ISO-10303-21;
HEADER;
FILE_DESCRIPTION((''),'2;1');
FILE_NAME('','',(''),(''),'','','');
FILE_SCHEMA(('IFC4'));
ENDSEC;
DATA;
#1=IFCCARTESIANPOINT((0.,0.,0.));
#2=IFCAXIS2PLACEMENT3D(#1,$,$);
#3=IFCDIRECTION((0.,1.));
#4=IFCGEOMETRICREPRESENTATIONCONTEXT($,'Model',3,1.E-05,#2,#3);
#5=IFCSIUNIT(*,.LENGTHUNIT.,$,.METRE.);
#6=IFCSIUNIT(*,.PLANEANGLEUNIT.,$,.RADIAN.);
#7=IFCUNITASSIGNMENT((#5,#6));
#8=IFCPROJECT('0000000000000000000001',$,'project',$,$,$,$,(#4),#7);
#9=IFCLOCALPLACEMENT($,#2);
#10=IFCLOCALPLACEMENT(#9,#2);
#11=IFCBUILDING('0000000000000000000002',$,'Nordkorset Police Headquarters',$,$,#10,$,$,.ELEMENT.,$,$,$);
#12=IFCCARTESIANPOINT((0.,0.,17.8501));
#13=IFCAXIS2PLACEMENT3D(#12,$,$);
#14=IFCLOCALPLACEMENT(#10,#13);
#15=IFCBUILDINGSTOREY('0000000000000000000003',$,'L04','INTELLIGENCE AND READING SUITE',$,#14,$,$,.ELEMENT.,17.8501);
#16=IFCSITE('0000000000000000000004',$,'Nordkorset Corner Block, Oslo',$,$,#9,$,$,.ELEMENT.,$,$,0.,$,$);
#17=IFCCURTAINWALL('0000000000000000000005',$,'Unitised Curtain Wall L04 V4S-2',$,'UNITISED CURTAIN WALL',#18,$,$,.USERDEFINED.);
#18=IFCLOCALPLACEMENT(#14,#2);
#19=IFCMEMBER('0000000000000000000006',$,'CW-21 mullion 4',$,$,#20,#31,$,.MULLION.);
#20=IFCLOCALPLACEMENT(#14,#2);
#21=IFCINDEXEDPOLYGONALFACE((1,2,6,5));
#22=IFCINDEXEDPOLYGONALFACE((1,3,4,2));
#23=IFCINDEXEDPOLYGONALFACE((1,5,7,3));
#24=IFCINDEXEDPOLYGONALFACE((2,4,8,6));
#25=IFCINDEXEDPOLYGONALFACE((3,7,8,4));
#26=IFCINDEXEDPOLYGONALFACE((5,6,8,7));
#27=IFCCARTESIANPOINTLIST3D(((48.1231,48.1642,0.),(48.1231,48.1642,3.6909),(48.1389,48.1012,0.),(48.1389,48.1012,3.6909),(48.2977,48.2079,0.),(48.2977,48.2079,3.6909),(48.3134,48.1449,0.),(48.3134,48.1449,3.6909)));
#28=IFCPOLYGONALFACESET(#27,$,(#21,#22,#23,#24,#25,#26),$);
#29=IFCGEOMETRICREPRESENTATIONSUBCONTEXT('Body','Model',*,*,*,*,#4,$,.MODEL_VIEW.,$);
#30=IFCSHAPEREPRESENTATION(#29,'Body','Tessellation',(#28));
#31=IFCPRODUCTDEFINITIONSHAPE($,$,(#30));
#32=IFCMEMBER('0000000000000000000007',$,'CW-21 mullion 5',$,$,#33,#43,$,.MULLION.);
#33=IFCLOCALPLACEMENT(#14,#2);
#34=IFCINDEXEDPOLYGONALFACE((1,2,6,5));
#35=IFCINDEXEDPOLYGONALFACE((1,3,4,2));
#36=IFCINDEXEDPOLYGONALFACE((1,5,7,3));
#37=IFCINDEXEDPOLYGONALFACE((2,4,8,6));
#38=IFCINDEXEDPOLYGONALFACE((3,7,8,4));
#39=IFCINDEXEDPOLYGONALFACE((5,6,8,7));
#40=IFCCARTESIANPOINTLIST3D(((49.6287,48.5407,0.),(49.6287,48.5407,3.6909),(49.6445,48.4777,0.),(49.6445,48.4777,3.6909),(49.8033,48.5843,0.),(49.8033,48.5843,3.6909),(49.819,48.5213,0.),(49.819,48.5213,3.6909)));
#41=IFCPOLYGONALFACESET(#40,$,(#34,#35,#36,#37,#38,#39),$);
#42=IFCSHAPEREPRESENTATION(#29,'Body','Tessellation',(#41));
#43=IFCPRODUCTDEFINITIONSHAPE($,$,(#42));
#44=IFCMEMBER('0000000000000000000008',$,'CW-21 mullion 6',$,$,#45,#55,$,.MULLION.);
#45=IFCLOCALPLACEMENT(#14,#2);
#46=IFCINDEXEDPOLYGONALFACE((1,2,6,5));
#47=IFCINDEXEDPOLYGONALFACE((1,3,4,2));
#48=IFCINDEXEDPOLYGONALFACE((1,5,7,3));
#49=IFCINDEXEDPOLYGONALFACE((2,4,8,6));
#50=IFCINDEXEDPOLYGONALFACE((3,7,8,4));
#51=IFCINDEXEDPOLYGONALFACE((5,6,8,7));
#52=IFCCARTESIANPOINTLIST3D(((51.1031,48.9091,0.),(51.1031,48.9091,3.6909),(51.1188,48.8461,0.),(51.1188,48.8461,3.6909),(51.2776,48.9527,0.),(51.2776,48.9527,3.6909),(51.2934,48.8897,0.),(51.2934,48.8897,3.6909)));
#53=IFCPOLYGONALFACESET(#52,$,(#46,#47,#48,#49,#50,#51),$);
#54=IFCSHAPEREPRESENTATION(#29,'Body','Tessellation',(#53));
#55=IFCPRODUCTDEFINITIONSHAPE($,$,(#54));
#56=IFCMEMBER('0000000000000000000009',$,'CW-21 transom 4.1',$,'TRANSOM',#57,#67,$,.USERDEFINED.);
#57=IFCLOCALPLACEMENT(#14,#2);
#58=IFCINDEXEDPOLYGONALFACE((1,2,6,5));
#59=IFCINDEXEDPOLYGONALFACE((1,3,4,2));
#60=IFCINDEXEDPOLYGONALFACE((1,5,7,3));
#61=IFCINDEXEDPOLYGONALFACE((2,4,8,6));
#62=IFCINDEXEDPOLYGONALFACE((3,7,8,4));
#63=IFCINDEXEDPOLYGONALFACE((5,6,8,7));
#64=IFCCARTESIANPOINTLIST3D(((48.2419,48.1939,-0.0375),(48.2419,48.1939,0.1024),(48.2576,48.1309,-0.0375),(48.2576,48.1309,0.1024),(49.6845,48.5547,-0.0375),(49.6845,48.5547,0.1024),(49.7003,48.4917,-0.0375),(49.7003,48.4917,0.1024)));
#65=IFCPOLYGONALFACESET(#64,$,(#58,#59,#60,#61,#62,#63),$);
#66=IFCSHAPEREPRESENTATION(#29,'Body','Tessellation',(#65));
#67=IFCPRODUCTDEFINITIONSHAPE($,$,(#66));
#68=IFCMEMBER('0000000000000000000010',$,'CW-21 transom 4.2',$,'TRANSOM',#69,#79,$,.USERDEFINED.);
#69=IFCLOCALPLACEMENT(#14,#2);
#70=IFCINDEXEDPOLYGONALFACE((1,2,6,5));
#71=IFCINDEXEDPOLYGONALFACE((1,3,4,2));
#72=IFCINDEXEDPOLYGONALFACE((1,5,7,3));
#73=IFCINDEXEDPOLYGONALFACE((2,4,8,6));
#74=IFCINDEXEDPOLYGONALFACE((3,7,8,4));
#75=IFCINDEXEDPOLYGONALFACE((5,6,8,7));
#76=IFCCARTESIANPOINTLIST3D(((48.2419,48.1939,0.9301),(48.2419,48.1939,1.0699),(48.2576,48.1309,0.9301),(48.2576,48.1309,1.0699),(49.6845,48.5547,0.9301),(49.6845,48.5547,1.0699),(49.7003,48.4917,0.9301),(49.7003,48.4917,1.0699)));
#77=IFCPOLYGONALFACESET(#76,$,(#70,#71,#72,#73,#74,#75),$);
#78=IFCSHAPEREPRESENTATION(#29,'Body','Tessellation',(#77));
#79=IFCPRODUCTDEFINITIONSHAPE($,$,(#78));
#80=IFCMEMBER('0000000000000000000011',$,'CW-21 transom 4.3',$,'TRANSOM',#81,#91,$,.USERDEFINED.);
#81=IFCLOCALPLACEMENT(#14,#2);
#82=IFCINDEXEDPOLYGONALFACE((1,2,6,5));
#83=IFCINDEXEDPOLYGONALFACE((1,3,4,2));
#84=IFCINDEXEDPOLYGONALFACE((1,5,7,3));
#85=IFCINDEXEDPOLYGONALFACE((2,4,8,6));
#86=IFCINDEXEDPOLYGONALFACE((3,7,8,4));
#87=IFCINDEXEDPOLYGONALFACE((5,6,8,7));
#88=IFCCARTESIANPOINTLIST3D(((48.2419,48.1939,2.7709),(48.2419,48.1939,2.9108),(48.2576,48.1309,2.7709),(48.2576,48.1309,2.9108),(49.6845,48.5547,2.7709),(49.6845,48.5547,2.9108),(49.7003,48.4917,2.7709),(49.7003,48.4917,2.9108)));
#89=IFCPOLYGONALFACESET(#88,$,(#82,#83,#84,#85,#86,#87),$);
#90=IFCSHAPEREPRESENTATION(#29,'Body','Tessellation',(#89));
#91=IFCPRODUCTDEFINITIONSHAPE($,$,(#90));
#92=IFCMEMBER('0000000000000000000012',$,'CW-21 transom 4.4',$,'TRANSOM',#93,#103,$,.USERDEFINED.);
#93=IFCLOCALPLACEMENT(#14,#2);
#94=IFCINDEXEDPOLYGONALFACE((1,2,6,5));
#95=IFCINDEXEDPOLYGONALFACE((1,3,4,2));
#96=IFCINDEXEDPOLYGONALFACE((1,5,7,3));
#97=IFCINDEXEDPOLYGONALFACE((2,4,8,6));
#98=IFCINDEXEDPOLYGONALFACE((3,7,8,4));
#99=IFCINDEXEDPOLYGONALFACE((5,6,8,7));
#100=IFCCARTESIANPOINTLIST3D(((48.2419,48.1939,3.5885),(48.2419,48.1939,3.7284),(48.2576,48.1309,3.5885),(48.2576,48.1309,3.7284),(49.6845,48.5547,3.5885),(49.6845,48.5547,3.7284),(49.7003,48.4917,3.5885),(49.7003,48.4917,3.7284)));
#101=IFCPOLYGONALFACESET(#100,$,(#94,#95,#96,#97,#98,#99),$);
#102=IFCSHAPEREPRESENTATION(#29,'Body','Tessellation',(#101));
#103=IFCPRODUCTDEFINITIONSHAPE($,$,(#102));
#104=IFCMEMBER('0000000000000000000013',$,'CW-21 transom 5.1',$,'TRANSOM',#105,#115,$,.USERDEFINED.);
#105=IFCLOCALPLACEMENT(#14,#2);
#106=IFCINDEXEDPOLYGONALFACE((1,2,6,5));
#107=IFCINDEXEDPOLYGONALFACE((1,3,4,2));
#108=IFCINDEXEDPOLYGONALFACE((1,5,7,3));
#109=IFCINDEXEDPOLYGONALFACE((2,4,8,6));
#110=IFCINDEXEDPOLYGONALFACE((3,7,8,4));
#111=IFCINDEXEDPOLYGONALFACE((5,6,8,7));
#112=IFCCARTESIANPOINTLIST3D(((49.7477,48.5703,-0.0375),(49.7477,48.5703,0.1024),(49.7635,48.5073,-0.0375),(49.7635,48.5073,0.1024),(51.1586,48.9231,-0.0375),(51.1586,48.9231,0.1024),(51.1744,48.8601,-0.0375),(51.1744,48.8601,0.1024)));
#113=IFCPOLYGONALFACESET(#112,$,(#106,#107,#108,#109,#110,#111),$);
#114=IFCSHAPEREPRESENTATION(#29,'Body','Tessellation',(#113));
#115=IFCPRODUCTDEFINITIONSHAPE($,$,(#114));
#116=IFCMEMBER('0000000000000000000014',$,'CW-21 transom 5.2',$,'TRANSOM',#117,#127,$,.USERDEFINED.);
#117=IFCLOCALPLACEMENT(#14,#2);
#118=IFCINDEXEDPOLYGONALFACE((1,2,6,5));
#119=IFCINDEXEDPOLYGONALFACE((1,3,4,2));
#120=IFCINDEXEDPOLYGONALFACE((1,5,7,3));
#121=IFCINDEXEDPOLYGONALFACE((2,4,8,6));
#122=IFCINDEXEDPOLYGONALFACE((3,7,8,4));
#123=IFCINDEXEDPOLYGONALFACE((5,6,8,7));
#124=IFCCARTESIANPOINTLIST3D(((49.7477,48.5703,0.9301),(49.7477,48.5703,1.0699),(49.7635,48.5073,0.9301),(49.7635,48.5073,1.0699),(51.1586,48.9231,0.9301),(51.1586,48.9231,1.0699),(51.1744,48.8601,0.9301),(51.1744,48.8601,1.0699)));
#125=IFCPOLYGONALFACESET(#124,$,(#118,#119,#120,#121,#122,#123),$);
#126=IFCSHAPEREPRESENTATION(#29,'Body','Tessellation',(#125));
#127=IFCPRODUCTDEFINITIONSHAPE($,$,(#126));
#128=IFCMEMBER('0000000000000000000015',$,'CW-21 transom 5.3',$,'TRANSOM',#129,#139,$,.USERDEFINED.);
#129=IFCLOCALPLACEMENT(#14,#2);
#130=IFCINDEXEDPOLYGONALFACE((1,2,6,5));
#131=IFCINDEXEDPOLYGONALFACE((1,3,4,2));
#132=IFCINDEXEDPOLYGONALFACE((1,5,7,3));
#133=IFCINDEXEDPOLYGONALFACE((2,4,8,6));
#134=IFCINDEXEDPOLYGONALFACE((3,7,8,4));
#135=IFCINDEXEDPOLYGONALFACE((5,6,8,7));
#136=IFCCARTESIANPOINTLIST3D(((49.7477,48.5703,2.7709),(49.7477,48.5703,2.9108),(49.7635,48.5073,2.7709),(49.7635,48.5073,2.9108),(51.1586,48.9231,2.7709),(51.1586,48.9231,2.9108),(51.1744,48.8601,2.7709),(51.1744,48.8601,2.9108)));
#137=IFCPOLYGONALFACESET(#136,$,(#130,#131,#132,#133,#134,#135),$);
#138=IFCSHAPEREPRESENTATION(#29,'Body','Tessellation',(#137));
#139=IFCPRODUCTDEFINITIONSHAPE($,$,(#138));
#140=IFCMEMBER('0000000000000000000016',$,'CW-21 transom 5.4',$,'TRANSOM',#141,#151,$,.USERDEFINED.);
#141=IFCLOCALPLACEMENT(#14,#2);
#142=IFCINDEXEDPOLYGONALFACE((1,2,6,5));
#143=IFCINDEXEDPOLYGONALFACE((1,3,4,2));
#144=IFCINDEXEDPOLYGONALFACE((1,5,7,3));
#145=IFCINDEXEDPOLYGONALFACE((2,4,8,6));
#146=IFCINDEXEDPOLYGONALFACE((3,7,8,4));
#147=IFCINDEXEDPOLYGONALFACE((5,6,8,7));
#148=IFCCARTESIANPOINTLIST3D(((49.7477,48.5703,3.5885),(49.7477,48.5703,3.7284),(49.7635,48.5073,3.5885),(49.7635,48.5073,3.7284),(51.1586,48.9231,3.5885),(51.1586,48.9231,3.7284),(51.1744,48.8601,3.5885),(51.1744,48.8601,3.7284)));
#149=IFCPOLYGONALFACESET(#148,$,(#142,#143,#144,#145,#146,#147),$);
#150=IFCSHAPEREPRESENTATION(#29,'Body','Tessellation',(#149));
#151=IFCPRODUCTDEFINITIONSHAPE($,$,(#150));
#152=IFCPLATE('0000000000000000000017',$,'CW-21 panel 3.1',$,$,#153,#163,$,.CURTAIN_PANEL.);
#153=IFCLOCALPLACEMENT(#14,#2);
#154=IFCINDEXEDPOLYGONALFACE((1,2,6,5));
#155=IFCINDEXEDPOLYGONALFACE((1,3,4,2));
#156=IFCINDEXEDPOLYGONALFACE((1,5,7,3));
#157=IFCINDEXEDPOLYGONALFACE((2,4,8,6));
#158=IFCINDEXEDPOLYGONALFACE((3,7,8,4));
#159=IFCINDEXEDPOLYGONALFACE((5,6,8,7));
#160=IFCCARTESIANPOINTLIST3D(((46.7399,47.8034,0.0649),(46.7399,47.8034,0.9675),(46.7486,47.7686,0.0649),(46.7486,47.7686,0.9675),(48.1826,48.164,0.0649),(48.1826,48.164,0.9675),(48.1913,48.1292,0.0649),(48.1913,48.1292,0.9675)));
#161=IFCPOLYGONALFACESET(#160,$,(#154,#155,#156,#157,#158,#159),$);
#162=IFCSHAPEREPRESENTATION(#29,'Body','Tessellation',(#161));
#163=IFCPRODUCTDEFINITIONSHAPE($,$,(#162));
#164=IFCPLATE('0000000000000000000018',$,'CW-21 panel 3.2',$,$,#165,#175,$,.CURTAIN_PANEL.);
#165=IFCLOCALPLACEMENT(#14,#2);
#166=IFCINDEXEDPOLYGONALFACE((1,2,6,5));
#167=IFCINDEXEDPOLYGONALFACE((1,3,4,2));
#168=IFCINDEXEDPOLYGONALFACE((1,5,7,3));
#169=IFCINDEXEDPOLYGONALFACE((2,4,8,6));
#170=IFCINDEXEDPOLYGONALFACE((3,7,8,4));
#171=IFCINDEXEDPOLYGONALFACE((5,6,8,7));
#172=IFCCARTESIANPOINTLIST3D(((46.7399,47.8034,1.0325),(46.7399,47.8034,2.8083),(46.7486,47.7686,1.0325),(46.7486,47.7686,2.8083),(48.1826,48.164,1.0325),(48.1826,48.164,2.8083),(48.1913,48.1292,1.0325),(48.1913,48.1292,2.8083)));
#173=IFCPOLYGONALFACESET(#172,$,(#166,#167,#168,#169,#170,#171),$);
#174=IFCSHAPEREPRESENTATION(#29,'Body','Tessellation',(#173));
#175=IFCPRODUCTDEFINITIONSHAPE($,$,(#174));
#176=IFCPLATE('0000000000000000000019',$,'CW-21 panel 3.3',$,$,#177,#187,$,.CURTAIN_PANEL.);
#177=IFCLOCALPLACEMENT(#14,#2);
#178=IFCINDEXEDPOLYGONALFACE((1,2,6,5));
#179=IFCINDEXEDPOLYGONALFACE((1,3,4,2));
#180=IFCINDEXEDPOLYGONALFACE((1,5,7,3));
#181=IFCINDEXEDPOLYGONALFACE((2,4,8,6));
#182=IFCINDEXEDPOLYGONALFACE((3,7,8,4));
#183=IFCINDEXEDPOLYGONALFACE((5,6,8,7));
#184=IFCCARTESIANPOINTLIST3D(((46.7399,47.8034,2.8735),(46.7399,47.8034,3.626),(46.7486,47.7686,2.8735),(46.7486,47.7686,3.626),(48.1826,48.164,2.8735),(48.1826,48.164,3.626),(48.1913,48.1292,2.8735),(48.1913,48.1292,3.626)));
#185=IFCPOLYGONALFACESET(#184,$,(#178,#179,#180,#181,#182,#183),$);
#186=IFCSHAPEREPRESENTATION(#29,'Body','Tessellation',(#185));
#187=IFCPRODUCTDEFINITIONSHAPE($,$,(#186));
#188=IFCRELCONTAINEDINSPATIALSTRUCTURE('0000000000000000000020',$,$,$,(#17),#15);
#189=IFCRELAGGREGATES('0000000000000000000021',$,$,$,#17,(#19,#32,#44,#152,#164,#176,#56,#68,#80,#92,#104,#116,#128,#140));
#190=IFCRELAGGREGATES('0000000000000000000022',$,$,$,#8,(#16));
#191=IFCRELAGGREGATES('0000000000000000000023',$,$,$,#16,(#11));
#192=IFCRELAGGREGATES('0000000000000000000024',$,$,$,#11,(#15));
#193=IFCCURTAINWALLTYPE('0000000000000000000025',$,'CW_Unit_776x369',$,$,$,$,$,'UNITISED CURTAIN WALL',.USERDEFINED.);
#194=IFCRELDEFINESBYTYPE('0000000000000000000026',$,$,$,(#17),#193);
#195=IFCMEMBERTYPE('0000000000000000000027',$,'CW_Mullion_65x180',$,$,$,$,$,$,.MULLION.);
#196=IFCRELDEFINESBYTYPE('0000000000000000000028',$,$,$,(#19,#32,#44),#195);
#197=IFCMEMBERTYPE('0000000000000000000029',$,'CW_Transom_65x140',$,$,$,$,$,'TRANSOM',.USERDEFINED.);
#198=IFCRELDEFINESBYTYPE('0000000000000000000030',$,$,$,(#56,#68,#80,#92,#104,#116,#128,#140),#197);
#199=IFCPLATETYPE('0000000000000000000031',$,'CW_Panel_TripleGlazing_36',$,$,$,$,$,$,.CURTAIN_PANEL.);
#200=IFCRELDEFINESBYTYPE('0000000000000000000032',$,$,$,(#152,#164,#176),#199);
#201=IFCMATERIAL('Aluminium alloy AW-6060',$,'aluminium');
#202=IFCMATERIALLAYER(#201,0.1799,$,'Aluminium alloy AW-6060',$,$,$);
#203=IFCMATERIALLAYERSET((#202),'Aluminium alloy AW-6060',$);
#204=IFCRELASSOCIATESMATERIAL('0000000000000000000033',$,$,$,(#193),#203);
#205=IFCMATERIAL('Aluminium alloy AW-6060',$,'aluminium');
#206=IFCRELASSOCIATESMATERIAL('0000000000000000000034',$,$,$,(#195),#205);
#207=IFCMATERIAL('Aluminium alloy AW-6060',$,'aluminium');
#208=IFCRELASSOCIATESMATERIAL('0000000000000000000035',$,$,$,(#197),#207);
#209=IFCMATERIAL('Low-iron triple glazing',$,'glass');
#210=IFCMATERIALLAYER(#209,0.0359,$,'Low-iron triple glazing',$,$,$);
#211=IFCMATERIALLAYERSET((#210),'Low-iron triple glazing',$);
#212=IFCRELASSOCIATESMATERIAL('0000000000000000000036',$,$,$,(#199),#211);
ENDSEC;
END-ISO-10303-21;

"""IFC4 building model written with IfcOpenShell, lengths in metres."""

from ifc_helpers import new_model, si_unit, direction, frame, origin, origin_2d, place, context, subcontext, project, spatial, rectangle, extrude, material, layer, layer_set, material_profile, profile_set, type_object, element, aggregate, save


model = new_model("IFC4")

# Units and contexts
model_context = context("Model", 3, precision=1e-05, world=origin(), true_north=direction((0.0, 1.0)))
body_context = subcontext(model_context, "Body", "Model", "MODEL_VIEW")
ifc_project = project(units=[si_unit("LENGTHUNIT", "METRE"), si_unit("PLANEANGLEUNIT", "RADIAN")], contexts=[model_context])

# Site, building, storey
site_placement = place(None, origin())
site = spatial("IfcSite", under=ifc_project, at=site_placement, Name="Nordkorset Corner Block, Oslo", CompositionType="ELEMENT", RefElevation=0.0)
building_placement = place(site_placement, origin())
building = spatial("IfcBuilding", under=site, at=building_placement, Name="Nordkorset Police Headquarters", CompositionType="ELEMENT")
storey_placement = place(building_placement, frame((0.0, 0.0, 17.8501)))
storey = spatial("IfcBuildingStorey", under=building, at=storey_placement, Name="L04", Description="INTELLIGENCE AND READING SUITE", CompositionType="ELEMENT", Elevation=17.8501)

# Curtain wall, members, plates
ifc_material_1 = material(Name="Aluminium alloy AW-6060", Category="aluminium")
ifc_layer_1 = layer(ifc_material_1, 0.1799, Name="Aluminium alloy AW-6060")
ifc_layer_set_1 = layer_set([ifc_layer_1], Name="Aluminium alloy AW-6060")
curtain_wall_type = type_object("IfcCurtainWallType", Name="CW_Unit_776x369", ElementType="UNITISED CURTAIN WALL", PredefinedType="USERDEFINED", material=ifc_layer_set_1)
curtain_wall_placement = place(storey_placement, origin())
curtain_wall = element("IfcCurtainWall", 1, at=curtain_wall_placement, inside=storey, type_object=curtain_wall_type, Name="Unitised Curtain Wall L04 V4S-2", ObjectType="UNITISED CURTAIN WALL", PredefinedType="USERDEFINED")
ifc_material_2 = material(Name="Aluminium alloy AW-6060", Category="aluminium")
ifc_material_profile_1 = material_profile(ifc_material_2, rectangle(XDim=0.0649, YDim=0.1799, at=origin_2d()), Name="ALU MULL 65x180")
ifc_profile_set_1 = profile_set([ifc_material_profile_1], Name="Aluminium alloy AW-6060")
member_type_1 = type_object("IfcMemberType", Name="CW_Mullion_65x180", PredefinedType="MULLION", material=ifc_profile_set_1)
member_1_placement = place(storey_placement, frame((48.2183, 48.1545, 0.0), z_axis=(0.0, 0.0, 1.0), x_axis=(-0.242535, 0.970143, 0.0)))
member_1 = element("IfcMember", 2, at=member_1_placement, type_object=member_type_1, Name="CW-21 mullion 4", PredefinedType="MULLION", context=body_context, shape_type="SweptSolid", body=[
    extrude(rectangle(XDim=0.0649, YDim=0.1799, at=origin_2d()), origin(), (0.0, 0.0, 1.0), 3.6909),
])
member_2_placement = place(storey_placement, frame((49.7239, 48.531, 0.0), z_axis=(0.0, 0.0, 1.0), x_axis=(-0.242535, 0.970143, 0.0)))
member_2 = element("IfcMember", 3, at=member_2_placement, type_object=member_type_1, Name="CW-21 mullion 5", PredefinedType="MULLION", context=body_context, shape_type="SweptSolid", body=[
    extrude(rectangle(XDim=0.0649, YDim=0.1799, at=origin_2d()), origin(), (0.0, 0.0, 1.0), 3.6909),
])
member_3_placement = place(storey_placement, frame((51.1982, 48.8994, 0.0), z_axis=(0.0, 0.0, 1.0), x_axis=(-0.242535, 0.970143, 0.0)))
member_3 = element("IfcMember", 4, at=member_3_placement, type_object=member_type_1, Name="CW-21 mullion 6", PredefinedType="MULLION", context=body_context, shape_type="SweptSolid", body=[
    extrude(rectangle(XDim=0.0649, YDim=0.1799, at=origin_2d()), origin(), (0.0, 0.0, 1.0), 3.6909),
])
ifc_material_3 = material(Name="Aluminium alloy AW-6060", Category="aluminium")
ifc_material_profile_2 = material_profile(ifc_material_3, rectangle(XDim=0.0649, YDim=0.1399, at=origin_2d()), Name="ALU TRAN 65x140")
ifc_profile_set_2 = profile_set([ifc_material_profile_2], Name="Aluminium alloy AW-6060")
member_type_2 = type_object("IfcMemberType", Name="CW_Transom_65x140", ElementType="TRANSOM", PredefinedType="USERDEFINED", material=ifc_profile_set_2)
member_4_placement = place(storey_placement, frame((48.2498, 48.1624, 0.0325), z_axis=(0.970114, 0.242652, 0.0), x_axis=(-0.242652, 0.970114, 0.0)))
member_4 = element("IfcMember", 5, at=member_4_placement, type_object=member_type_2, Name="CW-21 transom 4.1", ObjectType="TRANSOM", PredefinedType="USERDEFINED", context=body_context, shape_type="SweptSolid", body=[
    extrude(rectangle(XDim=0.0649, YDim=0.1399, at=origin_2d()), origin(), (0.0, 0.0, 1.0), 1.4871),
])
member_5_placement = place(storey_placement, frame((48.2498, 48.1624, 1.0), z_axis=(0.970114, 0.242652, 0.0), x_axis=(-0.242652, 0.970114, 0.0)))
member_5 = element("IfcMember", 6, at=member_5_placement, type_object=member_type_2, Name="CW-21 transom 4.2", ObjectType="TRANSOM", PredefinedType="USERDEFINED", context=body_context, shape_type="SweptSolid", body=[
    extrude(rectangle(XDim=0.0649, YDim=0.1399, at=origin_2d()), origin(), (0.0, 0.0, 1.0), 1.4871),
])
member_6_placement = place(storey_placement, frame((48.2498, 48.1624, 2.8408), z_axis=(0.970114, 0.242652, 0.0), x_axis=(-0.242652, 0.970114, 0.0)))
member_6 = element("IfcMember", 7, at=member_6_placement, type_object=member_type_2, Name="CW-21 transom 4.3", ObjectType="TRANSOM", PredefinedType="USERDEFINED", context=body_context, shape_type="SweptSolid", body=[
    extrude(rectangle(XDim=0.0649, YDim=0.1399, at=origin_2d()), origin(), (0.0, 0.0, 1.0), 1.4871),
])
member_7_placement = place(storey_placement, frame((48.2498, 48.1624, 3.6584), z_axis=(0.970114, 0.242652, 0.0), x_axis=(-0.242652, 0.970114, 0.0)))
member_7 = element("IfcMember", 8, at=member_7_placement, type_object=member_type_2, Name="CW-21 transom 4.4", ObjectType="TRANSOM", PredefinedType="USERDEFINED", context=body_context, shape_type="SweptSolid", body=[
    extrude(rectangle(XDim=0.0649, YDim=0.1399, at=origin_2d()), origin(), (0.0, 0.0, 1.0), 1.4871),
])
member_8_placement = place(storey_placement, frame((49.7556, 48.5388, 0.0325), z_axis=(0.970133, 0.242575, 0.0), x_axis=(-0.242575, 0.970133, 0.0)))
member_8 = element("IfcMember", 9, at=member_8_placement, type_object=member_type_2, Name="CW-21 transom 5.1", ObjectType="TRANSOM", PredefinedType="USERDEFINED", context=body_context, shape_type="SweptSolid", body=[
    extrude(rectangle(XDim=0.0649, YDim=0.1399, at=origin_2d()), origin(), (0.0, 0.0, 1.0), 1.4543),
])
member_9_placement = place(storey_placement, frame((49.7556, 48.5388, 1.0), z_axis=(0.970133, 0.242575, 0.0), x_axis=(-0.242575, 0.970133, 0.0)))
member_9 = element("IfcMember", 10, at=member_9_placement, type_object=member_type_2, Name="CW-21 transom 5.2", ObjectType="TRANSOM", PredefinedType="USERDEFINED", context=body_context, shape_type="SweptSolid", body=[
    extrude(rectangle(XDim=0.0649, YDim=0.1399, at=origin_2d()), origin(), (0.0, 0.0, 1.0), 1.4543),
])
member_10_placement = place(storey_placement, frame((49.7556, 48.5388, 2.8408), z_axis=(0.970133, 0.242575, 0.0), x_axis=(-0.242575, 0.970133, 0.0)))
member_10 = element("IfcMember", 11, at=member_10_placement, type_object=member_type_2, Name="CW-21 transom 5.3", ObjectType="TRANSOM", PredefinedType="USERDEFINED", context=body_context, shape_type="SweptSolid", body=[
    extrude(rectangle(XDim=0.0649, YDim=0.1399, at=origin_2d()), origin(), (0.0, 0.0, 1.0), 1.4543),
])
member_11_placement = place(storey_placement, frame((49.7556, 48.5388, 3.6584), z_axis=(0.970133, 0.242575, 0.0), x_axis=(-0.242575, 0.970133, 0.0)))
member_11 = element("IfcMember", 12, at=member_11_placement, type_object=member_type_2, Name="CW-21 transom 5.4", ObjectType="TRANSOM", PredefinedType="USERDEFINED", context=body_context, shape_type="SweptSolid", body=[
    extrude(rectangle(XDim=0.0649, YDim=0.1399, at=origin_2d()), origin(), (0.0, 0.0, 1.0), 1.4543),
])
ifc_material_4 = material(Name="Low-iron triple glazing", Category="glass")
ifc_layer_2 = layer(ifc_material_4, 0.0359, Name="Low-iron triple glazing")
ifc_layer_set_2 = layer_set([ifc_layer_2], Name="Low-iron triple glazing")
plate_type = type_object("IfcPlateType", Name="CW_Panel_TripleGlazing_36", PredefinedType="CURTAIN_PANEL", material=ifc_layer_set_2)
plate_1_placement = place(storey_placement, frame((47.4656, 47.9663, 0.0649), z_axis=(0.0, 0.0, 1.0), x_axis=(0.970143, 0.242535, 0.0)))
plate_1 = element("IfcPlate", 13, at=plate_1_placement, type_object=plate_type, Name="CW-21 panel 3.1", PredefinedType="CURTAIN_PANEL", context=body_context, shape_type="SweptSolid", body=[
    extrude(rectangle(XDim=1.4871, YDim=0.0359, at=origin_2d()), origin(), (0.0, 0.0, 1.0), 0.9026),
])
plate_2_placement = place(storey_placement, frame((47.4656, 47.9663, 1.0325), z_axis=(0.0, 0.0, 1.0), x_axis=(0.970143, 0.242535, 0.0)))
plate_2 = element("IfcPlate", 14, at=plate_2_placement, type_object=plate_type, Name="CW-21 panel 3.2", PredefinedType="CURTAIN_PANEL", context=body_context, shape_type="SweptSolid", body=[
    extrude(rectangle(XDim=1.4871, YDim=0.0359, at=origin_2d()), origin(), (0.0, 0.0, 1.0), 1.7759),
])
plate_3_placement = place(storey_placement, frame((47.4656, 47.9663, 2.8735), z_axis=(0.0, 0.0, 1.0), x_axis=(0.970143, 0.242535, 0.0)))
plate_3 = element("IfcPlate", 15, at=plate_3_placement, type_object=plate_type, Name="CW-21 panel 3.3", PredefinedType="CURTAIN_PANEL", context=body_context, shape_type="SweptSolid", body=[
    extrude(rectangle(XDim=1.4871, YDim=0.0359, at=origin_2d()), origin(), (0.0, 0.0, 1.0), 0.7524),
])
aggregate(curtain_wall, [member_1, member_2, member_3, plate_1, plate_2, plate_3, member_4, member_5, member_6, member_7, member_8, member_9, member_10, member_11])

save(model, "model.ifc")
